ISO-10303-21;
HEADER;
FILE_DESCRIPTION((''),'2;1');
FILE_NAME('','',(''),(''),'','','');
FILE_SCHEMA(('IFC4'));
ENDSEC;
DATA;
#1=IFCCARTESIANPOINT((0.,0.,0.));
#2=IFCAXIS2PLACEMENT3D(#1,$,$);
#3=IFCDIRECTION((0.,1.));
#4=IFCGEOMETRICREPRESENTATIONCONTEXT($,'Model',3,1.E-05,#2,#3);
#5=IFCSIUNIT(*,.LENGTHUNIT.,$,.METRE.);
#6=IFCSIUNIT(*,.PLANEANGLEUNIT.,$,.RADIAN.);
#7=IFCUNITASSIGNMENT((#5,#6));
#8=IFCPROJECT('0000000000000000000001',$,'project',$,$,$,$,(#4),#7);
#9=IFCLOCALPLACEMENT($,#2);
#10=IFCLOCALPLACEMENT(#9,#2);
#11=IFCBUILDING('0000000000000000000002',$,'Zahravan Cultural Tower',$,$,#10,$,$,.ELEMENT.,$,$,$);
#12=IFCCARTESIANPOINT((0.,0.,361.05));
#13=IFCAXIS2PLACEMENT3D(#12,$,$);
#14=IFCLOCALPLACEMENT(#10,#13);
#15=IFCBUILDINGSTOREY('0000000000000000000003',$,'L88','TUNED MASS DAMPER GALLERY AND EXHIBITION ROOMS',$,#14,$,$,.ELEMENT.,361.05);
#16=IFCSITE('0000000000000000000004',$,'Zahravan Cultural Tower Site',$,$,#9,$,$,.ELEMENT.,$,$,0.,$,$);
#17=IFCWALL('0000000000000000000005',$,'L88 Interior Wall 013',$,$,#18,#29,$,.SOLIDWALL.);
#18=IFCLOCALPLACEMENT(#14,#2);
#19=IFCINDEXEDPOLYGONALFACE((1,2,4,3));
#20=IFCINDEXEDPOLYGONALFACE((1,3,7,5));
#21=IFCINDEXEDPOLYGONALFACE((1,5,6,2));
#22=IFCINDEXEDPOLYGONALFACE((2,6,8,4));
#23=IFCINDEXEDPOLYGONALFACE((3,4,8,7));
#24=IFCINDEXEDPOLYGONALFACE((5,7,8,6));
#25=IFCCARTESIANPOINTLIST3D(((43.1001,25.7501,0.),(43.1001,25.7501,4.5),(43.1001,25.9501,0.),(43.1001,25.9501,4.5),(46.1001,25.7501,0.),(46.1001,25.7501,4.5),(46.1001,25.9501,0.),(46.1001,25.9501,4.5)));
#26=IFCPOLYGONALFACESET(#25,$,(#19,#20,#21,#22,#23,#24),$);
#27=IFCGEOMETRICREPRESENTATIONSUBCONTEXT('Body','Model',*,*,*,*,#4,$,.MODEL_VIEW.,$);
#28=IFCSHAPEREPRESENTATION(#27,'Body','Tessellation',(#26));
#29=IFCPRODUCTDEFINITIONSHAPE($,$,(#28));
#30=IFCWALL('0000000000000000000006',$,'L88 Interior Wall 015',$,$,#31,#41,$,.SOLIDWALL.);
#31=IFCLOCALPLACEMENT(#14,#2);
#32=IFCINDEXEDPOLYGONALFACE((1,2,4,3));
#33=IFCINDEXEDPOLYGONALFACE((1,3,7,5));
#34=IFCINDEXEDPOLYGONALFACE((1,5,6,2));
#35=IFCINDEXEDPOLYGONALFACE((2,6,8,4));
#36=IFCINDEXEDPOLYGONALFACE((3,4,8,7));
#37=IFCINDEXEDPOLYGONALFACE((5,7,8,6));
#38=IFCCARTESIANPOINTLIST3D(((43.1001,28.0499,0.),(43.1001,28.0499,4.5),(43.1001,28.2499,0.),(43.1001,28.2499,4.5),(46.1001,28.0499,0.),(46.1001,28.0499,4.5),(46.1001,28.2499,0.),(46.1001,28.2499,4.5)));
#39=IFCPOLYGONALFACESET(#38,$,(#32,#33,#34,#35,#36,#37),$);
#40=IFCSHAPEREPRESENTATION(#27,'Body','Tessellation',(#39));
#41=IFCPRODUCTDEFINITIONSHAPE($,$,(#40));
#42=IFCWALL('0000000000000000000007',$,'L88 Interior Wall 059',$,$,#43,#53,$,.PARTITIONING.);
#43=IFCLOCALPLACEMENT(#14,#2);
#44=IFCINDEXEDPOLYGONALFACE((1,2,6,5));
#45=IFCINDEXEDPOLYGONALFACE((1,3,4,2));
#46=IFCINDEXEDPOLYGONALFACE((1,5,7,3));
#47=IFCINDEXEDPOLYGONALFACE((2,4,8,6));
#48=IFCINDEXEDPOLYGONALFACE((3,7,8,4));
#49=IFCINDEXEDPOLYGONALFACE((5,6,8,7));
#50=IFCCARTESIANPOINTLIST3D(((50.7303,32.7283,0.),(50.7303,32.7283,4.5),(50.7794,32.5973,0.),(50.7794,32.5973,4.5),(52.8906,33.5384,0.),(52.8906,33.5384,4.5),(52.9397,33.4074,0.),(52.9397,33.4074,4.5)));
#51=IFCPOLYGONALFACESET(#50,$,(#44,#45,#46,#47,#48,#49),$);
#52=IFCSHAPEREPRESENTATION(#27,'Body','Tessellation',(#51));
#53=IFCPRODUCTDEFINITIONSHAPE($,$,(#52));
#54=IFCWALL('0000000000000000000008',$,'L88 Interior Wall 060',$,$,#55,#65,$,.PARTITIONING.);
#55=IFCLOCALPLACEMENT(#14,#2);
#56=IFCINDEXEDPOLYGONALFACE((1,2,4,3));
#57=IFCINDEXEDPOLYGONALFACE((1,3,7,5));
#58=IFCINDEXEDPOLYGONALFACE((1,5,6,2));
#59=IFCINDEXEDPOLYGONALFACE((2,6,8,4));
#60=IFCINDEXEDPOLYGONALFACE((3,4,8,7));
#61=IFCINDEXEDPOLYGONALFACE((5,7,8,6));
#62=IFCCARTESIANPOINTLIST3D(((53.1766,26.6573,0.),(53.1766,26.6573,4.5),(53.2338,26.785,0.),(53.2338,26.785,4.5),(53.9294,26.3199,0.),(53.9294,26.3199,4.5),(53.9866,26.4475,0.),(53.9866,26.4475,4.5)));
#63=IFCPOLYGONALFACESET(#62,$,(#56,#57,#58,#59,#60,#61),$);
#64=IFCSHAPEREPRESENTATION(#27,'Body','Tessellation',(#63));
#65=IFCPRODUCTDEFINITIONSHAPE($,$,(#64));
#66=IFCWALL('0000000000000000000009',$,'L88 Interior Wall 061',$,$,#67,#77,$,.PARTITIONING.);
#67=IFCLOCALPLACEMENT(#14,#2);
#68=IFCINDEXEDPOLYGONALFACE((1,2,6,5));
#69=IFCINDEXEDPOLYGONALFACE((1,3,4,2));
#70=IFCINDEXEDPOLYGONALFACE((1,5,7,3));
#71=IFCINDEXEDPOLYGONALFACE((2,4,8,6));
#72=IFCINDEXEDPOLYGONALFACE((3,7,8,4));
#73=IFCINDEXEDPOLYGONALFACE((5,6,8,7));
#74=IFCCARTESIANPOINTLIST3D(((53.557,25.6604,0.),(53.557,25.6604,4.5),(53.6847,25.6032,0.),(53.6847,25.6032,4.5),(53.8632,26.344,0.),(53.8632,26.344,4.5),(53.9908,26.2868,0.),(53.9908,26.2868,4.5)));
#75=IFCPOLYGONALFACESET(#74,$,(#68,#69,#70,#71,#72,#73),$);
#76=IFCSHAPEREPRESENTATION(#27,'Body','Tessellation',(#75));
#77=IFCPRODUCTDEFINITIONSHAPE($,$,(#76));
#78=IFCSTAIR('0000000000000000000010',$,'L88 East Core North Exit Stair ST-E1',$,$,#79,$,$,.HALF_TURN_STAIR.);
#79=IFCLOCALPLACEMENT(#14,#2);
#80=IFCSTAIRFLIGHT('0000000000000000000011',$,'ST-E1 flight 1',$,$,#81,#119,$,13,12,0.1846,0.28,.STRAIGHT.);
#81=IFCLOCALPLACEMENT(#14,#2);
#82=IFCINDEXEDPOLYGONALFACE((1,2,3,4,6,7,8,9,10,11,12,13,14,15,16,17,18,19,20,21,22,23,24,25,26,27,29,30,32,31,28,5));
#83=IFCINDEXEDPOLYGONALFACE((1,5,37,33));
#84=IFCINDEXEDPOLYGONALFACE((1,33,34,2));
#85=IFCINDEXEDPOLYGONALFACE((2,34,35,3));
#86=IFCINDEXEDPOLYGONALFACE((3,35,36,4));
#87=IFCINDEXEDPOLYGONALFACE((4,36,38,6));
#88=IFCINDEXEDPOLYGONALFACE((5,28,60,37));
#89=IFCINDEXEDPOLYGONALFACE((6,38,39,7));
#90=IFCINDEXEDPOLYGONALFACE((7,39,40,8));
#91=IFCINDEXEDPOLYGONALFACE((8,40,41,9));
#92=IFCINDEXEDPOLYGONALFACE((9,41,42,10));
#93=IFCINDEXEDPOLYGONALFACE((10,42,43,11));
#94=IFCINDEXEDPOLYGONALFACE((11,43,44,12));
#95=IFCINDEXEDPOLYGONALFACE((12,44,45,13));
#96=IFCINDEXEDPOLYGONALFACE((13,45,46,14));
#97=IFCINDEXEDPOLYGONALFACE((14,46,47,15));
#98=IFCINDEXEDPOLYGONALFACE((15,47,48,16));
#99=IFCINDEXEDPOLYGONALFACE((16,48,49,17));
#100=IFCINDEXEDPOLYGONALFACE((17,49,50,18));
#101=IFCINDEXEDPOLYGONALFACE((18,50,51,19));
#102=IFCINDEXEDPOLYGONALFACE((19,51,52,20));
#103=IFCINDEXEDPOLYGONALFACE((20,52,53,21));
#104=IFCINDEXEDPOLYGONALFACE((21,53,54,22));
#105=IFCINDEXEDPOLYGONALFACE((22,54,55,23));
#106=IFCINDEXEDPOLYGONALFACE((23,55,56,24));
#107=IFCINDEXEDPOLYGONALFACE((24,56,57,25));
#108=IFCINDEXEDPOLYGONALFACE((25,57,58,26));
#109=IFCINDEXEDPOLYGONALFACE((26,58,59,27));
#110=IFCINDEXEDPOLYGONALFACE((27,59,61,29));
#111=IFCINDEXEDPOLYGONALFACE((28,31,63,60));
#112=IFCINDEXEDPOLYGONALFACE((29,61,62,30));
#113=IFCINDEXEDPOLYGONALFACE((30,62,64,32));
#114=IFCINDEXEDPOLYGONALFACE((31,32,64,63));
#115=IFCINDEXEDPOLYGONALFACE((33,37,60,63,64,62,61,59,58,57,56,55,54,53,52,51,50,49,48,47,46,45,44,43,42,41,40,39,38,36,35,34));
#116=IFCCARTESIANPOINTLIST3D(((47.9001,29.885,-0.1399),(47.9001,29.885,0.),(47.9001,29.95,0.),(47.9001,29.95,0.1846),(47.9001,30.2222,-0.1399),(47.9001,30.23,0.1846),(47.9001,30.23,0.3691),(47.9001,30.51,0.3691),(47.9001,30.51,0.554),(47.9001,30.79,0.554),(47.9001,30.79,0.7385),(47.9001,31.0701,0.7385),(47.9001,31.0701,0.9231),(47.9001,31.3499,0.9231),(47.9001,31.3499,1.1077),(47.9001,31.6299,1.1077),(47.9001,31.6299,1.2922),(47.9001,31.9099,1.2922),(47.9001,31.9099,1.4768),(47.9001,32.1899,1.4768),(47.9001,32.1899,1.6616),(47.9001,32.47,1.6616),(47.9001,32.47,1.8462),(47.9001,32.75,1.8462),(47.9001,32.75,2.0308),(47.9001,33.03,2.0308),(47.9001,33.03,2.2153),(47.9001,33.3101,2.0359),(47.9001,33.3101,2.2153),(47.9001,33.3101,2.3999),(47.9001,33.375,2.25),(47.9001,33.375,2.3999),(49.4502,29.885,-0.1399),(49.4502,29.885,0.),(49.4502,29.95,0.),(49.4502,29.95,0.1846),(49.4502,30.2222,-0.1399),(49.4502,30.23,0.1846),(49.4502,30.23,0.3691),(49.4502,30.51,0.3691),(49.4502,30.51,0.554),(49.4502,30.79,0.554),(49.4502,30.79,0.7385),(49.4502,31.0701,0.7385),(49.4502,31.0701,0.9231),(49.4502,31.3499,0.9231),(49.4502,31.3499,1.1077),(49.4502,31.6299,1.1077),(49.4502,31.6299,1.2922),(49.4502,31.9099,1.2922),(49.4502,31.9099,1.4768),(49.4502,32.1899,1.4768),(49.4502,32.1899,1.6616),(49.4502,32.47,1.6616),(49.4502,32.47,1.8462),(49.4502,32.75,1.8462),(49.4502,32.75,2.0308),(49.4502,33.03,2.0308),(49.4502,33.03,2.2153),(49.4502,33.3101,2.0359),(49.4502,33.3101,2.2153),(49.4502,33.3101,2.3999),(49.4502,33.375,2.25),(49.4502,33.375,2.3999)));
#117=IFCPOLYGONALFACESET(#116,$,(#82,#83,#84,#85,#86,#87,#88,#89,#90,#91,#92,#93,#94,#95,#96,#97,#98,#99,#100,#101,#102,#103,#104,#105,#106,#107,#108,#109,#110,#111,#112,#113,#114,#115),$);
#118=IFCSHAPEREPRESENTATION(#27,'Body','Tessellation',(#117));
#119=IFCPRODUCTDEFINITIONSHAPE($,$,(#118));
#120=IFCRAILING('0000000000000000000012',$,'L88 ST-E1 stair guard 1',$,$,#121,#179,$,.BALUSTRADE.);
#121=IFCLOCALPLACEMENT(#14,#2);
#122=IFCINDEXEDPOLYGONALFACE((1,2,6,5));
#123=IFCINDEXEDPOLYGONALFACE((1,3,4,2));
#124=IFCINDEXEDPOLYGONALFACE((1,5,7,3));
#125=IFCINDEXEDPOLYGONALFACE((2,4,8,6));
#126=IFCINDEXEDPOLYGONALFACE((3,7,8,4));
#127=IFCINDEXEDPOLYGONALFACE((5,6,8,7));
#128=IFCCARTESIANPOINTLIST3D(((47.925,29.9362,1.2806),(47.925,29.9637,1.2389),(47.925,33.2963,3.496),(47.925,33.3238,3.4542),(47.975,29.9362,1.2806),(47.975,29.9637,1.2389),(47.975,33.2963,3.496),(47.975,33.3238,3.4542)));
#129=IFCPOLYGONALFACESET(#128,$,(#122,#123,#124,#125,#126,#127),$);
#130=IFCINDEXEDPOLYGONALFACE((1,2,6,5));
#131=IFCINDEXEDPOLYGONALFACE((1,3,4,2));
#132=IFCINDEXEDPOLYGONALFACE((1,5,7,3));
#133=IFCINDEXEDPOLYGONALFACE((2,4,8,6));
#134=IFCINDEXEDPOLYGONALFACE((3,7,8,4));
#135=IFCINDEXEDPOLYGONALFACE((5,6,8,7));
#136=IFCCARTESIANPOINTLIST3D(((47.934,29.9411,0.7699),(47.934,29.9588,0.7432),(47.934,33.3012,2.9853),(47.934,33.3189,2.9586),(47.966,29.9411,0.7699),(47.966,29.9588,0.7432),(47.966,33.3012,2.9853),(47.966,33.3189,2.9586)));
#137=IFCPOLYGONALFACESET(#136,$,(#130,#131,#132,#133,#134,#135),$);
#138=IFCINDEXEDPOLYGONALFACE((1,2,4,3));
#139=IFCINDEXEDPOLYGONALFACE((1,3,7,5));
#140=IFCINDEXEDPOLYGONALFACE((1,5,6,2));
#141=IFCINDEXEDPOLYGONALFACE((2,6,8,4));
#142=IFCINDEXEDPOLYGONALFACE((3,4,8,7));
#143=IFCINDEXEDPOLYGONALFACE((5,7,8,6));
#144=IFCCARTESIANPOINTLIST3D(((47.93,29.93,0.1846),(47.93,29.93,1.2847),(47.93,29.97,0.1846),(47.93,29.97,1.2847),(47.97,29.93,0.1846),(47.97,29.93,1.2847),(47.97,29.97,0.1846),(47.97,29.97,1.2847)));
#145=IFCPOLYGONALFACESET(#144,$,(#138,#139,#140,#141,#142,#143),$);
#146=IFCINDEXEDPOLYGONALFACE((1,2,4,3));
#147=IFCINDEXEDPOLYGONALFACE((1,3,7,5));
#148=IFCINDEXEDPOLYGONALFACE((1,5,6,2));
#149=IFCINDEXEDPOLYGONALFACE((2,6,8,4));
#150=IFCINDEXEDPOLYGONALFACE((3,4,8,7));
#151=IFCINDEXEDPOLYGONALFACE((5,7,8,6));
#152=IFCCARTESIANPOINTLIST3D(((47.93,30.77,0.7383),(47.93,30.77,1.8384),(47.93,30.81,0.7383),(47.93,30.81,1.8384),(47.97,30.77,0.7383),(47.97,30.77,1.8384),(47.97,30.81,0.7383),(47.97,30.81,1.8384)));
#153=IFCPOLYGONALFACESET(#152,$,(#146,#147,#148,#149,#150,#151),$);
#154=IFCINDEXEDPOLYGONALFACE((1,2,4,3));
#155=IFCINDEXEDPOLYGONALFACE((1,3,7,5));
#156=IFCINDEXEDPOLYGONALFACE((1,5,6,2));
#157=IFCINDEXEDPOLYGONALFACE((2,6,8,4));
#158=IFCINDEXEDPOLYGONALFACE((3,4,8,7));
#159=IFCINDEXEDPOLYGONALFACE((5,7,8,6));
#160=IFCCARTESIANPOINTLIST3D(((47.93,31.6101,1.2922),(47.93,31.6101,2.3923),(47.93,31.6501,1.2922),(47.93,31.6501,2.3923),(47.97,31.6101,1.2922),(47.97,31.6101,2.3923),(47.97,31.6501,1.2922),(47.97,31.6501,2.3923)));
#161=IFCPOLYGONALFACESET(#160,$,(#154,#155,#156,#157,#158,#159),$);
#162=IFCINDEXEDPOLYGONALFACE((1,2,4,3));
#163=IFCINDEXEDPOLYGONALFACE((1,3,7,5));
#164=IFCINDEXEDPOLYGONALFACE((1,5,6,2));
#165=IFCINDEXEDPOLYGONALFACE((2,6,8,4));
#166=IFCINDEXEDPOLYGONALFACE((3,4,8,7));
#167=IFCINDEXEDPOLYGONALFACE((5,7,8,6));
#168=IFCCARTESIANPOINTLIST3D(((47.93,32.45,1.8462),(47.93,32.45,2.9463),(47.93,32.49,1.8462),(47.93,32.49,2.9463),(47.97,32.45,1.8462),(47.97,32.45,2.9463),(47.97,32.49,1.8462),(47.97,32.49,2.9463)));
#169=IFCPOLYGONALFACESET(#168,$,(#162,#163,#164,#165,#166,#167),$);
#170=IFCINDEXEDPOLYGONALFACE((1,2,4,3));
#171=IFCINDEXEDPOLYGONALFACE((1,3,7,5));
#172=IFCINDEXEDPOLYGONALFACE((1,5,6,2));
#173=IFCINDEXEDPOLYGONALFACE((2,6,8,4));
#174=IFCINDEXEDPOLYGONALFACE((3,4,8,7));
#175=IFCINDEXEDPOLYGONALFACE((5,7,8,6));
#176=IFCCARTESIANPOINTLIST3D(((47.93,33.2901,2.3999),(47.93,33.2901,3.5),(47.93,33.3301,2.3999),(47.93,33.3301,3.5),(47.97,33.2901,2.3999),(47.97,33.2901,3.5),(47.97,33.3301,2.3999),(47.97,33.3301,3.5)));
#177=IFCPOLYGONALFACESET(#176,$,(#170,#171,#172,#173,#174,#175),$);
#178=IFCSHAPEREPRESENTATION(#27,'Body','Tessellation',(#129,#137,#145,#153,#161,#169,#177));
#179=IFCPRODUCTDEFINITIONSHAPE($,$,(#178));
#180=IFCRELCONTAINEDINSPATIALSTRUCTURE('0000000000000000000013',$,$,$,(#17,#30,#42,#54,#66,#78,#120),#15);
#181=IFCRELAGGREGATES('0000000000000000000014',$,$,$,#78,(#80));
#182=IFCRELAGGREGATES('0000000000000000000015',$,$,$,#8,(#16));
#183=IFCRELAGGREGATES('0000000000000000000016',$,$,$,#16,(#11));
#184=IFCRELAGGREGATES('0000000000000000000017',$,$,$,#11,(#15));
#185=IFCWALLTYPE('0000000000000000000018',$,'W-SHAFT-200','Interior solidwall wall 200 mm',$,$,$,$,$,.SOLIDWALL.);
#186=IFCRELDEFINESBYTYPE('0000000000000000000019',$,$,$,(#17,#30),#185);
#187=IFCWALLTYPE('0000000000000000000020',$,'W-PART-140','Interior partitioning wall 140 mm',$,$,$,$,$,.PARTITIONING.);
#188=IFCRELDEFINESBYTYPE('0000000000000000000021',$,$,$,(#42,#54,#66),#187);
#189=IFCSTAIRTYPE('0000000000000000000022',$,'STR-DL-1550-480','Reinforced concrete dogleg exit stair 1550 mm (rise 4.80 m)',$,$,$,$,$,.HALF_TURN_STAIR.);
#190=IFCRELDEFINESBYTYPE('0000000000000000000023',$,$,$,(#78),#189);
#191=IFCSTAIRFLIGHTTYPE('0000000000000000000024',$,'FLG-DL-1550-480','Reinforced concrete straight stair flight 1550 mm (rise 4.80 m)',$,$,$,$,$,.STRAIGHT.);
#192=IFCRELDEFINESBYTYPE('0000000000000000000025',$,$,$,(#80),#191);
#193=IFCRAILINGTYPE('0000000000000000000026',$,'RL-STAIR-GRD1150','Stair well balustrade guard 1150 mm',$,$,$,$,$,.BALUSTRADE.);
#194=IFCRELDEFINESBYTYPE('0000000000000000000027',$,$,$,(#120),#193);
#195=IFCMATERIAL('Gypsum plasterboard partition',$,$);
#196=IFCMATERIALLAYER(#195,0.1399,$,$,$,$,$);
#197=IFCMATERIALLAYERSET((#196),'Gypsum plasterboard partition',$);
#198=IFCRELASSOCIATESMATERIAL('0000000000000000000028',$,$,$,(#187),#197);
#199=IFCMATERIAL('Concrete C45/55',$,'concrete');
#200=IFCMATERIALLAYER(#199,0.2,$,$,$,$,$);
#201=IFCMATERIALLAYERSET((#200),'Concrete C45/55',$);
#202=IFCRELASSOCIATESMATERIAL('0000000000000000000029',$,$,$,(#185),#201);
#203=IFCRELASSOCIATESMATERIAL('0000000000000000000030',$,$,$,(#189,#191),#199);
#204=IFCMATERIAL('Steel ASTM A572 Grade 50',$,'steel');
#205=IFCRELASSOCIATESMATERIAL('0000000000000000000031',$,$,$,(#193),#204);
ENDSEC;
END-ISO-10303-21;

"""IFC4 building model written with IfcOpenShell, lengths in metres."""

from ifc_helpers import new_model, si_unit, direction, frame, frame_2d, origin, origin_2d, place, context, subcontext, project, spatial, polyline, rectangle, outline, extrude, source, transform, mapped, material, layer, layer_set, type_object, element, aggregate, save


model = new_model("IFC4")

# Units and contexts
model_context = context("Model", 3, precision=1e-05, world=origin(), true_north=direction((0.0, 1.0)))
body_context = subcontext(model_context, "Body", "Model", "MODEL_VIEW")
ifc_project = project(units=[si_unit("LENGTHUNIT", "METRE"), si_unit("PLANEANGLEUNIT", "RADIAN")], contexts=[model_context])

# Site, building, storey
site_placement = place(None, origin())
site = spatial("IfcSite", under=ifc_project, at=site_placement, Name="Zahravan Cultural Tower Site", CompositionType="ELEMENT", RefElevation=0.0)
building_placement = place(site_placement, origin())
building = spatial("IfcBuilding", under=site, at=building_placement, Name="Zahravan Cultural Tower", CompositionType="ELEMENT")
storey_placement = place(building_placement, frame((0.0, 0.0, 361.05)))
storey = spatial("IfcBuildingStorey", under=building, at=storey_placement, Name="L88", Description="TUNED MASS DAMPER GALLERY AND EXHIBITION ROOMS", CompositionType="ELEMENT", Elevation=361.05)

# Shared definitions
ifc_material_1 = material(Name="Steel ASTM A572 Grade 50", Category="steel")
ifc_material_2 = material(Name="Gypsum plasterboard partition")
ifc_layer_1 = layer(ifc_material_2, 0.1399)
ifc_layer_set_1 = layer_set([ifc_layer_1], Name="Gypsum plasterboard partition")
wall_type_1 = type_object("IfcWallType", Name="W-PART-140", Description="Interior partitioning wall 140 mm", PredefinedType="PARTITIONING", material=ifc_layer_set_1)
ifc_material_3 = material(Name="Concrete C45/55", Category="concrete")
ifc_layer_2 = layer(ifc_material_3, 0.2)
ifc_layer_set_2 = layer_set([ifc_layer_2], Name="Concrete C45/55")
wall_type_2 = type_object("IfcWallType", Name="W-SHAFT-200", Description="Interior solidwall wall 200 mm", PredefinedType="SOLIDWALL", material=ifc_layer_set_2)

# Walls
shared_shape_1 = source(origin(), body_context, "Body", "SweptSolid", [
    extrude(rectangle(XDim=3.0, YDim=0.2, at=frame_2d((1.5, 0.0))), origin(), (0.0, 0.0, 1.0), 4.5),
])
for number, where, z_axis, x_axis, name in (
    (1, (43.1001, 25.8501, 0.0), (0.0, 0.0, 1.0), (1.0, 0.0, 0.0), "L88 Interior Wall 013"),
    (2, (43.1001, 28.1499, 0.0), (0.0, 0.0, 1.0), (1.0, 0.0, 0.0), "L88 Interior Wall 015"),
):
    element("IfcWall", number, at=place(storey_placement, frame(where, z_axis=z_axis, x_axis=x_axis)), inside=storey, type_object=wall_type_2, Name=name, PredefinedType="SOLIDWALL", context=body_context, shape_type="MappedRepresentation", body=[
        mapped(shared_shape_1, transform((0.0, 0.0, 0.0), x_axis=(1.0, 0.0, 0.0), y_axis=(0.0, 1.0, 0.0), z_axis=(0.0, 0.0, 1.0), scale=1.0)),
    ])
shared_shape_2 = source(origin(), body_context, "Body", "SweptSolid", [
    extrude(rectangle(XDim=2.3071, YDim=0.1399, at=frame_2d((1.1536, 0.0))), origin(), (0.0, 0.0, 1.0), 4.5),
])
wall_1_placement = place(storey_placement, frame((50.7549, 32.6628, 0.0), z_axis=(0.0, 0.0, 1.0), x_axis=(0.936329, 0.351123, 0.0)))
element("IfcWall", 3, at=wall_1_placement, inside=storey, type_object=wall_type_1, Name="L88 Interior Wall 059", PredefinedType="PARTITIONING", context=body_context, shape_type="MappedRepresentation", body=[
    mapped(shared_shape_2, transform((0.0, 0.0, 0.0), x_axis=(1.0, 0.0, 0.0), y_axis=(0.0, 1.0, 0.0), z_axis=(0.0, 0.0, 1.0), scale=1.0)),
])
shared_shape_3 = source(origin(), body_context, "Body", "SweptSolid", [
    extrude(rectangle(XDim=0.825, YDim=0.1399, at=frame_2d((0.4126, 0.0))), origin(), (0.0, 0.0, 1.0), 4.5),
])
wall_2_placement = place(storey_placement, frame((53.2051, 26.7212, 0.0), z_axis=(0.0, 0.0, 1.0), x_axis=(0.912513, -0.409047, 0.0)))
element("IfcWall", 4, at=wall_2_placement, inside=storey, type_object=wall_type_1, Name="L88 Interior Wall 060", PredefinedType="PARTITIONING", context=body_context, shape_type="MappedRepresentation", body=[
    mapped(shared_shape_3, transform((0.0, 0.0, 0.0), x_axis=(1.0, 0.0, 0.0), y_axis=(0.0, 1.0, 0.0), z_axis=(0.0, 0.0, 1.0), scale=1.0)),
])
shared_shape_4 = source(origin(), body_context, "Body", "SweptSolid", [
    extrude(rectangle(XDim=0.749, YDim=0.1399, at=frame_2d((0.3745, 0.0))), origin(), (0.0, 0.0, 1.0), 4.5),
])
wall_3_placement = place(storey_placement, frame((53.927, 26.3154, 0.0), z_axis=(0.0, 0.0, 1.0), x_axis=(-0.408738, -0.912652, 0.0)))
element("IfcWall", 5, at=wall_3_placement, inside=storey, type_object=wall_type_1, Name="L88 Interior Wall 061", PredefinedType="PARTITIONING", context=body_context, shape_type="MappedRepresentation", body=[
    mapped(shared_shape_4, transform((0.0, 0.0, 0.0), x_axis=(1.0, 0.0, 0.0), y_axis=(0.0, 1.0, 0.0), z_axis=(0.0, 0.0, 1.0), scale=1.0)),
])

# Stair, stair flight
stair_type = type_object("IfcStairType", Name="STR-DL-1550-480", Description="Reinforced concrete dogleg exit stair 1550 mm (rise 4.80 m)", PredefinedType="HALF_TURN_STAIR", material=ifc_material_3)
stair_placement = place(storey_placement, origin())
stair = element("IfcStair", 6, at=stair_placement, inside=storey, type_object=stair_type, Name="L88 East Core North Exit Stair ST-E1", PredefinedType="HALF_TURN_STAIR")
stair_flight_type = type_object("IfcStairFlightType", Name="FLG-DL-1550-480", Description="Reinforced concrete straight stair flight 1550 mm (rise 4.80 m)", PredefinedType="STRAIGHT", material=ifc_material_3)
stair_flight_placement = place(storey_placement, frame((48.675, 29.95, 0.0), z_axis=(0.0, 0.0, 1.0), x_axis=(0.0, 1.0, 0.0)))
stair_flight = element("IfcStairFlight", 7, at=stair_flight_placement, type_object=stair_flight_type, Name="ST-E1 flight 1", NumberOfRisers=13, NumberOfTreads=12, PredefinedType="STRAIGHT", RiserHeight=0.1846, TreadLength=0.28, context=body_context, shape_type="SweptSolid", body=[
    extrude(outline(polyline([(-0.0649, -0.1399), (-0.0649, 0.0), (0.0, 0.0), (0.0, 0.1846), (0.28, 0.1846), (0.28, 0.3691), (0.5601, 0.3691), (0.5601, 0.554), (0.8401, 0.554), (0.8401, 0.7385), (1.1201, 0.7385), (1.1201, 0.9231), (1.3999, 0.9231), (1.3999, 1.1077), (1.6799, 1.1077), (1.6799, 1.2922), (1.96, 1.2922), (1.96, 1.4768), (2.24, 1.4768), (2.24, 1.6616), (2.52, 1.6616), (2.52, 1.8462), (2.8, 1.8462), (2.8, 2.0308), (3.0801, 2.0308), (3.0801, 2.2153), (3.3601, 2.2153), (3.3601, 2.3999), (3.425, 2.3999), (3.425, 2.25), (3.3601, 2.0359), (0.2722, -0.1399), (-0.0649, -0.1399)])), frame((0.0, 0.7749, 0.0), z_axis=(0.0, -1.0, 0.0), x_axis=(1.0, 0.0, 0.0)), (0.0, 0.0, 1.0), 1.55),
])
aggregate(stair, [stair_flight])

# Railing
railing_type_1 = type_object("IfcRailingType", Name="RL-STAIR-GRD1150", Description="Stair well balustrade guard 1150 mm", PredefinedType="BALUSTRADE", material=ifc_material_1)
railing_1_placement = place(storey_placement, frame((47.95, 29.95, 0.1846)))
element("IfcRailing", 8, at=railing_1_placement, inside=storey, type_object=railing_type_1, Name="L88 ST-E1 stair guard 1", PredefinedType="BALUSTRADE", context=body_context, shape_type="SweptSolid", body=[
    extrude(rectangle(XDim=0.05, YDim=0.05, at=origin_2d()), frame((0.0, 0.0, 1.0752), z_axis=(0.0, 0.834876, 0.550437), x_axis=(-1.0, 0.0, 0.0)), (0.0, 0.0, 1.0), 4.0247),
    extrude(rectangle(XDim=0.032, YDim=0.032, at=origin_2d()), frame((0.0, 0.0, 0.572), z_axis=(0.0, 0.834876, 0.550437), x_axis=(-1.0, 0.0, 0.0)), (0.0, 0.0, 1.0), 4.0247),
    extrude(rectangle(XDim=0.04, YDim=0.04, at=origin_2d()), origin(), (0.0, 0.0, 1.0), 1.1001),
    extrude(rectangle(XDim=0.04, YDim=0.04, at=origin_2d()), frame((0.0, 0.8401, 0.5537)), (0.0, 0.0, 1.0), 1.1001),
    extrude(rectangle(XDim=0.04, YDim=0.04, at=origin_2d()), frame((0.0, 1.6802, 1.1077)), (0.0, 0.0, 1.0), 1.1001),
    extrude(rectangle(XDim=0.04, YDim=0.04, at=origin_2d()), frame((0.0, 2.52, 1.6616)), (0.0, 0.0, 1.0), 1.1001),
    extrude(rectangle(XDim=0.04, YDim=0.04, at=origin_2d()), frame((0.0, 3.3601, 2.2153)), (0.0, 0.0, 1.0), 1.1001),
])

save(model, "model.ifc")
